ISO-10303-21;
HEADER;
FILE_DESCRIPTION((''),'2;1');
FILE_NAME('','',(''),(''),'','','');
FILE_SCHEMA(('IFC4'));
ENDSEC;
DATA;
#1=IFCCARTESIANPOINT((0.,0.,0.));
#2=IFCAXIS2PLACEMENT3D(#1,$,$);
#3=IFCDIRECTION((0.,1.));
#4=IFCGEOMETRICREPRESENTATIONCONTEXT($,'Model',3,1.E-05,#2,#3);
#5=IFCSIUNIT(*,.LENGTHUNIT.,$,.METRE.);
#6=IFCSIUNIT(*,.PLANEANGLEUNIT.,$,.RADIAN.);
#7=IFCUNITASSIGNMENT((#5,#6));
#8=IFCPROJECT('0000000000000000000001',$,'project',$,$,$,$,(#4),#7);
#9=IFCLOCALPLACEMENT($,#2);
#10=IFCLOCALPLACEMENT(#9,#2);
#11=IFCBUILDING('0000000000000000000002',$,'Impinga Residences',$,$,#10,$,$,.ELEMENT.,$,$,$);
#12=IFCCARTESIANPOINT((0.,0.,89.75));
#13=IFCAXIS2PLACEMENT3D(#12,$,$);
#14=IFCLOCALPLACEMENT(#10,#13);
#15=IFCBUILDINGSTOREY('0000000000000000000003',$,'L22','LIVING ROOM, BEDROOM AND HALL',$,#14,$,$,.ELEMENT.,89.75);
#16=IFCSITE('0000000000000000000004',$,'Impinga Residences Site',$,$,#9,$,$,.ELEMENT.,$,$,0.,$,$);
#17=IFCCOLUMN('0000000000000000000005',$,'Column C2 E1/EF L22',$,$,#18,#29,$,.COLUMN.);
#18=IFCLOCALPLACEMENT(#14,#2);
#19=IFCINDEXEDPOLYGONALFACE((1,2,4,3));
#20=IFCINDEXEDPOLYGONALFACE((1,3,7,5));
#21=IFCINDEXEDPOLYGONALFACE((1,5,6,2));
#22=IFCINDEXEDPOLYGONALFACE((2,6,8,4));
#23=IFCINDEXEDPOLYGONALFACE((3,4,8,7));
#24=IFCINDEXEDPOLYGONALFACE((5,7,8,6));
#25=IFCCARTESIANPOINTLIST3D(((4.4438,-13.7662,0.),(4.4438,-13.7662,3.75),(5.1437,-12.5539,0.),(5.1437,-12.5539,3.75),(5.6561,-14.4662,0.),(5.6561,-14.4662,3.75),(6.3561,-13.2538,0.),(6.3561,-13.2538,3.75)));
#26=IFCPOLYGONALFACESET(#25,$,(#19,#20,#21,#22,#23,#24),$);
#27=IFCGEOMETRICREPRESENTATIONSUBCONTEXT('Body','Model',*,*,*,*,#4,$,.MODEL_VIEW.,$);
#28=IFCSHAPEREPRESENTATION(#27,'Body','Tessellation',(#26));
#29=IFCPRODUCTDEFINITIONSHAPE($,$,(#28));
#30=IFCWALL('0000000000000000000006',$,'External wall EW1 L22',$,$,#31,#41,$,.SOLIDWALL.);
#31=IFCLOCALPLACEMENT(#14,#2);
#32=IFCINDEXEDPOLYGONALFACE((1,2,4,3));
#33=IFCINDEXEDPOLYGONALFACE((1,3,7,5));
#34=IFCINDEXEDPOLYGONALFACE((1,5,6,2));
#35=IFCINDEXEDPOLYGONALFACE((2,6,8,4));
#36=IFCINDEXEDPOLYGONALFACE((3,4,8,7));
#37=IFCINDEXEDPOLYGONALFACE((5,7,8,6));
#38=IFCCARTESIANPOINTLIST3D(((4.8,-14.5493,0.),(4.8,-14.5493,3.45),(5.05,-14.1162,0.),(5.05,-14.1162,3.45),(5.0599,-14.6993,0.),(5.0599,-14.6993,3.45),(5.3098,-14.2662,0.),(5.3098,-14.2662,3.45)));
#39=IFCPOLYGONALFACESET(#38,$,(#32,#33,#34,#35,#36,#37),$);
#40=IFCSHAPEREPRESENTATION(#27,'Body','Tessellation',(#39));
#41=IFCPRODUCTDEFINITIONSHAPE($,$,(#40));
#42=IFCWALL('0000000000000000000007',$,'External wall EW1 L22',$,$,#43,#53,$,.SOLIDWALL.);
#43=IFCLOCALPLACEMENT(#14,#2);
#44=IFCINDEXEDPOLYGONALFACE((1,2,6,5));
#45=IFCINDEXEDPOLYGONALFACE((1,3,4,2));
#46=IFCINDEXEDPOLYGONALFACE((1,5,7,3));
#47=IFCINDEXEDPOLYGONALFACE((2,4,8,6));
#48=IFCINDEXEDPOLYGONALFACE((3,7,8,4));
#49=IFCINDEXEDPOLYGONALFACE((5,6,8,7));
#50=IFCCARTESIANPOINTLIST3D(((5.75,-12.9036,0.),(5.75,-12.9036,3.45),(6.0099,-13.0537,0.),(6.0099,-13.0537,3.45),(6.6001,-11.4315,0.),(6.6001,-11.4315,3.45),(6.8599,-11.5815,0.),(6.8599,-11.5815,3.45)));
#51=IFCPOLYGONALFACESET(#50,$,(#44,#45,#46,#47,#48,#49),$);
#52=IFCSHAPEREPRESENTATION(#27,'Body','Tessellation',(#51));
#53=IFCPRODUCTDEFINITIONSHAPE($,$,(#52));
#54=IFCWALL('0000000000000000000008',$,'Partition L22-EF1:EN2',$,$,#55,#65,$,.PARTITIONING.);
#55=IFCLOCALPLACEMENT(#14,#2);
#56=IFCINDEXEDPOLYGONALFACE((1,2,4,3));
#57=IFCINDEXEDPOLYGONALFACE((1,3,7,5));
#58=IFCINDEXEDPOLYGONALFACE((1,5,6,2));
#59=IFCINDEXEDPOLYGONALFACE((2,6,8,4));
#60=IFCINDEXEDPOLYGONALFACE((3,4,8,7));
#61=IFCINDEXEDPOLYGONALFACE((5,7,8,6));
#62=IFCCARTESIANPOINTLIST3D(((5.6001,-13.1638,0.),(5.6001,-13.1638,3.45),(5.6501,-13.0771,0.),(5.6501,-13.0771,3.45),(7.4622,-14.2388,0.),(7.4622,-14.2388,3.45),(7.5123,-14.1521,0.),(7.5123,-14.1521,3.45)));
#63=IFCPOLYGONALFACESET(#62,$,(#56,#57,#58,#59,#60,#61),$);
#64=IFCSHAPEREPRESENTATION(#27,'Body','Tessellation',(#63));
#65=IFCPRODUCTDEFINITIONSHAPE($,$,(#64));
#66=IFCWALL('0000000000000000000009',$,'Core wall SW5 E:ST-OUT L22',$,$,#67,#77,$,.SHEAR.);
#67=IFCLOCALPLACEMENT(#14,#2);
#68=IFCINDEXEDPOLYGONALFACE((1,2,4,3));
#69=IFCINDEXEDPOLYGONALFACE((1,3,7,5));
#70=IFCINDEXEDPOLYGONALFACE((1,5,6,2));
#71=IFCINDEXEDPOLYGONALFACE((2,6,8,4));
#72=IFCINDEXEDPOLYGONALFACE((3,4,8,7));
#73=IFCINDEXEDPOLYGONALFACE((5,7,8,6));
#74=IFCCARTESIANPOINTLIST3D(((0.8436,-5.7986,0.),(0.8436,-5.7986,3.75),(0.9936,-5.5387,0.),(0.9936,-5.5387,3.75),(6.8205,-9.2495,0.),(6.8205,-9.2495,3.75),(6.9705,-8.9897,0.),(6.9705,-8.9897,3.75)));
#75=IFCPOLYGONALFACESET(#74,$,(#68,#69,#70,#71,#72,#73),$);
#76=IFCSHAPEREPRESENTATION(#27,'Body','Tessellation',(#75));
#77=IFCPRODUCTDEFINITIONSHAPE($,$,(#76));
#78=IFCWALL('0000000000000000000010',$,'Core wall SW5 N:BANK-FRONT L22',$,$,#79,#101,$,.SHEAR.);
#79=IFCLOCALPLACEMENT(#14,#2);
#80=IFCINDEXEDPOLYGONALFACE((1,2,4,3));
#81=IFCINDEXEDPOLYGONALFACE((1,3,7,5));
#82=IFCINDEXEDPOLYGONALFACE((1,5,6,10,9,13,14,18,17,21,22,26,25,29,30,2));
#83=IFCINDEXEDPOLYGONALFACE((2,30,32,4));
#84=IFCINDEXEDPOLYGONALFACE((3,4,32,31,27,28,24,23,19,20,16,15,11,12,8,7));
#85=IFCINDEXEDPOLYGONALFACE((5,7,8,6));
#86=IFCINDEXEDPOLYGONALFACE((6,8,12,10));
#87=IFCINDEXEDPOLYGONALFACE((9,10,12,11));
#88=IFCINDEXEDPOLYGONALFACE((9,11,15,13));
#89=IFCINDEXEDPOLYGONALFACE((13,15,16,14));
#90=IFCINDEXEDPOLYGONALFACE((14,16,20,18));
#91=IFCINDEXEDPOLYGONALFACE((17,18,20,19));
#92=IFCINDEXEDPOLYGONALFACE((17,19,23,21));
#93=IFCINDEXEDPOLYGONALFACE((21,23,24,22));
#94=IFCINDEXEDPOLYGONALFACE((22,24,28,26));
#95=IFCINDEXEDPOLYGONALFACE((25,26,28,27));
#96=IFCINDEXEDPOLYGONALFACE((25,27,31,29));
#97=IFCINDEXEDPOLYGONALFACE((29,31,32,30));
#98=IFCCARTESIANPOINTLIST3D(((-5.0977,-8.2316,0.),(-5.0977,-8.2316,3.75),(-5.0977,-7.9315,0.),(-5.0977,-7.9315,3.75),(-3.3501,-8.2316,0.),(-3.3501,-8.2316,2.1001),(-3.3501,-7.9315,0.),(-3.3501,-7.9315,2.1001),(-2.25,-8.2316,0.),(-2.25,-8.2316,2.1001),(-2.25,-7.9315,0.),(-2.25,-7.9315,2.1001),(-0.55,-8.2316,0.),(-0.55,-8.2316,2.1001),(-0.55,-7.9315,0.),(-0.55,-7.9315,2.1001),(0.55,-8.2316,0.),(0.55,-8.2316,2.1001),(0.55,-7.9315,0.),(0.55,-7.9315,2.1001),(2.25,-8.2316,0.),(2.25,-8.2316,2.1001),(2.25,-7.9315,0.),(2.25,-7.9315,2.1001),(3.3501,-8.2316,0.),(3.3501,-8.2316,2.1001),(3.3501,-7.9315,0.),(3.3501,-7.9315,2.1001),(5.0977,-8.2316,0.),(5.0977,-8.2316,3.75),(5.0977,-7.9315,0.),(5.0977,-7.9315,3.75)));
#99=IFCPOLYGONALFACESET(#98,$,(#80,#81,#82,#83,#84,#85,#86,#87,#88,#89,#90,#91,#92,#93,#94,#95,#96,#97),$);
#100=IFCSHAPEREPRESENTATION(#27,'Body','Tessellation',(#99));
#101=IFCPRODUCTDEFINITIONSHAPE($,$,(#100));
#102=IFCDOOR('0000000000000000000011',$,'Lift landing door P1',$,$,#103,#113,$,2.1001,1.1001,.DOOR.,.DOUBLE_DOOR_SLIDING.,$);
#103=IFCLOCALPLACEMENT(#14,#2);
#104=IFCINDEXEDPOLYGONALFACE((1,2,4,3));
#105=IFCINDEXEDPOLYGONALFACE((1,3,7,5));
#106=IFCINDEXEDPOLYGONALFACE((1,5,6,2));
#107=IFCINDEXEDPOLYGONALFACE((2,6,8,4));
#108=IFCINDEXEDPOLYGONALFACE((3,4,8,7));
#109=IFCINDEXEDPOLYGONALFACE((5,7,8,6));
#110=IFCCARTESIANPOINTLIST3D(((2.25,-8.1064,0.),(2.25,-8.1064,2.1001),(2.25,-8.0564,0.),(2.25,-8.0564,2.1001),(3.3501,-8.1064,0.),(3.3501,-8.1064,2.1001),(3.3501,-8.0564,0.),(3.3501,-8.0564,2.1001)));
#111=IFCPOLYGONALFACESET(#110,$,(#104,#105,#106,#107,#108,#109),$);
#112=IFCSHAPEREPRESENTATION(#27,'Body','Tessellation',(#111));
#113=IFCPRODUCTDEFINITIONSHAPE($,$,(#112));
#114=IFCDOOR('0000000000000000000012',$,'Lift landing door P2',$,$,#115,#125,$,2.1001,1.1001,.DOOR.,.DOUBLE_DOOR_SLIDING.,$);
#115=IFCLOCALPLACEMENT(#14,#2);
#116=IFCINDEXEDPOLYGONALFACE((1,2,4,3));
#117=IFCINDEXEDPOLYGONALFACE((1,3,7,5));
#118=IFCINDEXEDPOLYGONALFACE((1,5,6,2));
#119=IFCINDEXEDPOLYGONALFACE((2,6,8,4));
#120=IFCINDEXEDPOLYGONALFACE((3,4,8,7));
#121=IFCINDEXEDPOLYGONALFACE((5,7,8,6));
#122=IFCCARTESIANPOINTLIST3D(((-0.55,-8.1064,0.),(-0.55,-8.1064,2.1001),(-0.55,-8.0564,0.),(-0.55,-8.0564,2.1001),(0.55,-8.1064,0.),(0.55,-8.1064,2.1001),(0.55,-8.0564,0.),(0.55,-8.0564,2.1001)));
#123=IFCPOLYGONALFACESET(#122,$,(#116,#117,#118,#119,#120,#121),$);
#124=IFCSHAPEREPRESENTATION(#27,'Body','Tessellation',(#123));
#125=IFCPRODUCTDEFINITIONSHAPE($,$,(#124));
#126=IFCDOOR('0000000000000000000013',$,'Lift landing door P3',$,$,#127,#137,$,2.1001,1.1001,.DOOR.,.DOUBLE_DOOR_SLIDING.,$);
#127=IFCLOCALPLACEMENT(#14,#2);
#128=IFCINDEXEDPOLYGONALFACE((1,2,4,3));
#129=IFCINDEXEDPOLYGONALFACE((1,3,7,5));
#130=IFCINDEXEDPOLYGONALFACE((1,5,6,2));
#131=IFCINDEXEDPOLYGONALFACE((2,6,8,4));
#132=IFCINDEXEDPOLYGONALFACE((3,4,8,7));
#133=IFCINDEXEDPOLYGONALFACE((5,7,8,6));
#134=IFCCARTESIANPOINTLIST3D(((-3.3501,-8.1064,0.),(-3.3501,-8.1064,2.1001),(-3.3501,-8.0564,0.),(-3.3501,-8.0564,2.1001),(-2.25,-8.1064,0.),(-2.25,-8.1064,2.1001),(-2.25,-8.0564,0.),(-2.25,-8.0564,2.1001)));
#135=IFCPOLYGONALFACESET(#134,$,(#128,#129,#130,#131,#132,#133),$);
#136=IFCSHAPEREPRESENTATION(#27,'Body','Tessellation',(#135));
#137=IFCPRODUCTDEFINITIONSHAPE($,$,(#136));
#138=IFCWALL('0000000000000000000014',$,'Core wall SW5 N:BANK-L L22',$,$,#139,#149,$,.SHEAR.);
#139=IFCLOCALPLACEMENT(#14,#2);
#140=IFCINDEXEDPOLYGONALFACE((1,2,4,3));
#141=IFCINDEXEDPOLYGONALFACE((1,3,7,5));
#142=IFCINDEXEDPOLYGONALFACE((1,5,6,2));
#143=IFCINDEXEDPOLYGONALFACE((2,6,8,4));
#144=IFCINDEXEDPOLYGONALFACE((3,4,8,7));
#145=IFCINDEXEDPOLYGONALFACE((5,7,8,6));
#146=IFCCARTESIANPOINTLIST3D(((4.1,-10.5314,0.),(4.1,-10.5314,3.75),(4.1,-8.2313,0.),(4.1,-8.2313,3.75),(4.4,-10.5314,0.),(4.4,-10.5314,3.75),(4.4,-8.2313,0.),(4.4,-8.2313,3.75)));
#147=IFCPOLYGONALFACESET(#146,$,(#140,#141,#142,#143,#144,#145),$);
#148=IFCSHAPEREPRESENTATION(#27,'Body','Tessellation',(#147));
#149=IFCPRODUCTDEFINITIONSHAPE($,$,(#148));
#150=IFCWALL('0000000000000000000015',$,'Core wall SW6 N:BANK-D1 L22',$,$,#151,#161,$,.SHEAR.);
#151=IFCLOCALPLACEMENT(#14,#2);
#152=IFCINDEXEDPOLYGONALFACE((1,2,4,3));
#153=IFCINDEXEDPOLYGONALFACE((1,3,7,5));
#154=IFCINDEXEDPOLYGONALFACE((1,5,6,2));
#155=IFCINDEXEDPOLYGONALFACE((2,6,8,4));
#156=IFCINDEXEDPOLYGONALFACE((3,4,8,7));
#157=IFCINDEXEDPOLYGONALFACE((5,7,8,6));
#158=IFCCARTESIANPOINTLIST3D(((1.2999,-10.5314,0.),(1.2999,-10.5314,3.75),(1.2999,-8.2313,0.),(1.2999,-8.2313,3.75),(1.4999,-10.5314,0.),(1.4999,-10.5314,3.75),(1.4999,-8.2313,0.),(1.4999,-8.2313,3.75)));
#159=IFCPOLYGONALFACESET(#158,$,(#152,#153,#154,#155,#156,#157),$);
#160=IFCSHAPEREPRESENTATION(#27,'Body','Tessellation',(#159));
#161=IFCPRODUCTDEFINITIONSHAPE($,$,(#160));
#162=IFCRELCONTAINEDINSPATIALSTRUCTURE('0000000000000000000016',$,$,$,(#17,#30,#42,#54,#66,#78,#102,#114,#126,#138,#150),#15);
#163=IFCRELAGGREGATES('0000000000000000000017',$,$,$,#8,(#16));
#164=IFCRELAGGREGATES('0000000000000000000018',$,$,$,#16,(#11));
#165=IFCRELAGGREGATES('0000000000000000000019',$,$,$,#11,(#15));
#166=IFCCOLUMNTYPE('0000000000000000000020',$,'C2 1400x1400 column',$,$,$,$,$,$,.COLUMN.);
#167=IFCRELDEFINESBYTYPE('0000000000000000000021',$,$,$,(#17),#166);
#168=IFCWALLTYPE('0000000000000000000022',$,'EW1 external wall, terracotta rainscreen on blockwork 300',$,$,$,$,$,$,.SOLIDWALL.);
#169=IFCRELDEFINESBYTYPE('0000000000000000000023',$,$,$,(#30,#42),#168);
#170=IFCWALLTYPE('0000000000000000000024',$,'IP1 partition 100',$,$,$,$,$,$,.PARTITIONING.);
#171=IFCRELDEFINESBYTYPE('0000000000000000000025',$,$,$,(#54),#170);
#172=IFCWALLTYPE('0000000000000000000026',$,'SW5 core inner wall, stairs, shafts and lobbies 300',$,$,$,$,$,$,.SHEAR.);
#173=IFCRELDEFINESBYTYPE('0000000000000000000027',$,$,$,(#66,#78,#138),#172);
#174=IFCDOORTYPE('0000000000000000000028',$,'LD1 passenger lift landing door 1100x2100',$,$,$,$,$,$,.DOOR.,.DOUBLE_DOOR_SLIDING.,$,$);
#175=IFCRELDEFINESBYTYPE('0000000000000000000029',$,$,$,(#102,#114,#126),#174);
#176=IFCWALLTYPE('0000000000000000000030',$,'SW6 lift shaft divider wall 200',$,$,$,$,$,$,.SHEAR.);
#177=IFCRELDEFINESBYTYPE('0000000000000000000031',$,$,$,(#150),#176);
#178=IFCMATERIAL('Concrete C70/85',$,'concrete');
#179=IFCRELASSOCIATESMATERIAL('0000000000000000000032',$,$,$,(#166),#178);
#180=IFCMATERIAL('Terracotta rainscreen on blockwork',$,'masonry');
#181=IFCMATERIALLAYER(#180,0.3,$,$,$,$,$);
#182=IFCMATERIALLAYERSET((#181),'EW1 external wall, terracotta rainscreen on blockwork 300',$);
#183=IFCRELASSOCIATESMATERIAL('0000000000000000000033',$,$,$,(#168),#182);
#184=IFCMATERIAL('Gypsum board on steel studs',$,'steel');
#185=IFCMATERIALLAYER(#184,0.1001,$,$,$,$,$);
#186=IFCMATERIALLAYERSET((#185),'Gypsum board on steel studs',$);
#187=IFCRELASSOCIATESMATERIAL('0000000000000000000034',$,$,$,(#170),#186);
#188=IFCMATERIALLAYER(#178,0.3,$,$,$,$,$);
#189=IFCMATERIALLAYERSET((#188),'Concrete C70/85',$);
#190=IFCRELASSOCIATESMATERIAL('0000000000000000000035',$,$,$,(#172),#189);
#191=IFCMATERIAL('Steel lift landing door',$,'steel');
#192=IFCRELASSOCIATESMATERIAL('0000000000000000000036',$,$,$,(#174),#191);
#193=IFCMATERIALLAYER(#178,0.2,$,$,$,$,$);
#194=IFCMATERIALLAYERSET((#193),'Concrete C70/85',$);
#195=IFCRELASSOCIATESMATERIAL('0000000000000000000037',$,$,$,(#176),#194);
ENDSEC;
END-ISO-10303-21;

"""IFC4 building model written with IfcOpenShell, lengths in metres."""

from ifc_helpers import new_model, si_unit, direction, frame, frame_2d, origin, origin_2d, place, context, subcontext, project, spatial, rectangle, extrude, material, layer, layer_set, material_profile, profile_set, type_object, element, fill, save


model = new_model("IFC4")

# Units and contexts
model_context = context("Model", 3, precision=1e-05, world=origin(), true_north=direction((0.0, 1.0)))
body_context = subcontext(model_context, "Body", "Model", "MODEL_VIEW")
ifc_project = project(units=[si_unit("LENGTHUNIT", "METRE"), si_unit("PLANEANGLEUNIT", "RADIAN")], contexts=[model_context])

# Site, building, storey
site_placement = place(None, origin())
site = spatial("IfcSite", under=ifc_project, at=site_placement, Name="Impinga Residences Site", CompositionType="ELEMENT", RefElevation=0.0)
building_placement = place(site_placement, origin())
building = spatial("IfcBuilding", under=site, at=building_placement, Name="Impinga Residences", CompositionType="ELEMENT")
storey_placement = place(building_placement, frame((0.0, 0.0, 89.75)))
storey = spatial("IfcBuildingStorey", under=building, at=storey_placement, Name="L22", Description="LIVING ROOM, BEDROOM AND HALL", CompositionType="ELEMENT", Elevation=89.75)

# Column
ifc_material_1 = material(Name="Concrete C70/85", Category="concrete")
ifc_material_profile = material_profile(ifc_material_1, rectangle(XDim=1.3999, YDim=1.3999, at=origin_2d()), Name="RC 1400x1400")
ifc_profile_set = profile_set([ifc_material_profile], Name="Concrete C70/85")
column_type = type_object("IfcColumnType", Name="C2 1400x1400 column", PredefinedType="COLUMN", material=ifc_profile_set)
column_placement = place(storey_placement, frame((5.3999, -13.51, 0.0), z_axis=(0.0, 0.0, 1.0), x_axis=(-0.5, -0.866025, 0.0)))
element("IfcColumn", 1, at=column_placement, inside=storey, type_object=column_type, Name="Column C2 E1/EF L22", PredefinedType="COLUMN", context=body_context, shape_type="SweptSolid", body=[
    extrude(rectangle(XDim=1.3999, YDim=1.3999, at=origin_2d()), origin(), (0.0, 0.0, 1.0), 3.75),
])

# Walls
ifc_material_2 = material(Name="Terracotta rainscreen on blockwork", Category="masonry")
ifc_layer_1 = layer(ifc_material_2, 0.3)
ifc_layer_set_1 = layer_set([ifc_layer_1], Name="EW1 external wall, terracotta rainscreen on blockwork 300")
wall_type_1 = type_object("IfcWallType", Name="EW1 external wall, terracotta rainscreen on blockwork 300", PredefinedType="SOLIDWALL", material=ifc_layer_set_1)
wall_1_placement = place(storey_placement, frame((4.9299, -14.6243, 0.0), z_axis=(0.0, 0.0, 1.0), x_axis=(0.49992, 0.866072, 0.0)))
element("IfcWall", 2, at=wall_1_placement, inside=storey, type_object=wall_type_1, Name="External wall EW1 L22", PredefinedType="SOLIDWALL", context=body_context, shape_type="SweptSolid", body=[
    extrude(rectangle(XDim=0.5, YDim=0.3, at=frame_2d((0.25, 0.0))), origin(), (0.0, 0.0, 1.0), 3.45),
])
wall_2_placement = place(storey_placement, frame((5.8799, -12.9788, 0.0), z_axis=(0.0, 0.0, 1.0), x_axis=(0.500062, 0.865989, 0.0)))
element("IfcWall", 3, at=wall_2_placement, inside=storey, type_object=wall_type_1, Name="External wall EW1 L22", PredefinedType="SOLIDWALL", context=body_context, shape_type="SweptSolid", body=[
    extrude(rectangle(XDim=1.7, YDim=0.3, at=frame_2d((0.8501, 0.0))), origin(), (0.0, 0.0, 1.0), 3.45),
])
ifc_material_3 = material(Name="Gypsum board on steel studs", Category="steel")
ifc_layer_2 = layer(ifc_material_3, 0.1001)
ifc_layer_set_2 = layer_set([ifc_layer_2], Name="Gypsum board on steel studs")
wall_type_2 = type_object("IfcWallType", Name="IP1 partition 100", PredefinedType="PARTITIONING", material=ifc_layer_set_2)
wall_3_placement = place(storey_placement, frame((5.625, -13.1204, 0.0), z_axis=(0.0, 0.0, 1.0), x_axis=(0.866048, -0.499962, 0.0)))
element("IfcWall", 4, at=wall_3_placement, inside=storey, type_object=wall_type_2, Name="Partition L22-EF1:EN2", PredefinedType="PARTITIONING", context=body_context, shape_type="SweptSolid", body=[
    extrude(rectangle(XDim=2.1501, YDim=0.1001, at=frame_2d((1.0752, 0.0))), origin(), (0.0, 0.0, 1.0), 3.45),
])
ifc_layer_3 = layer(ifc_material_1, 0.3)
ifc_layer_set_3 = layer_set([ifc_layer_3], Name="Concrete C70/85")
wall_type_3 = type_object("IfcWallType", Name="SW5 core inner wall, stairs, shafts and lobbies 300", PredefinedType="SHEAR", material=ifc_layer_set_3)
wall_4_placement = place(storey_placement, frame((0.9187, -5.6687, 0.0), z_axis=(0.0, 0.0, 1.0), x_axis=(0.866012, -0.500024, 0.0)))
element("IfcWall", 5, at=wall_4_placement, inside=storey, type_object=wall_type_3, Name="Core wall SW5 E:ST-OUT L22", PredefinedType="SHEAR", context=body_context, shape_type="SweptSolid", body=[
    extrude(rectangle(XDim=6.9016, YDim=0.3, at=frame_2d((3.4507, 0.0))), origin(), (0.0, 0.0, 1.0), 3.75),
])

# Wall, openings, doors
wall_5_placement = place(storey_placement, frame((5.0977, -8.0815, 0.0), z_axis=(0.0, 0.0, 1.0), x_axis=(-1.0, 0.0, 0.0)))
wall_5 = element("IfcWall", 6, at=wall_5_placement, inside=storey, type_object=wall_type_3, Name="Core wall SW5 N:BANK-FRONT L22", PredefinedType="SHEAR", context=body_context, shape_type="SweptSolid", body=[
    extrude(rectangle(XDim=10.1953, YDim=0.3, at=frame_2d((5.0977, 0.0))), origin(), (0.0, 0.0, 1.0), 3.75),
])
opening_1_placement = place(wall_5_placement, frame((1.7476, 0.0, 0.0)))
opening_1 = element("IfcOpeningElement", 7, at=opening_1_placement, cuts=wall_5, PredefinedType="OPENING", context=body_context, shape_type="SweptSolid", body=[
    extrude(rectangle(XDim=1.1001, YDim=2.1001, at=frame_2d((0.55, 1.05))), frame((0.0, 0.1599, 0.0), z_axis=(0.0, -1.0, 0.0), x_axis=(1.0, 0.0, 0.0)), (0.0, 0.0, 1.0), 0.3201),
])
opening_2_placement = place(wall_5_placement, frame((4.5476, 0.0, 0.0)))
opening_2 = element("IfcOpeningElement", 8, at=opening_2_placement, cuts=wall_5, PredefinedType="OPENING", context=body_context, shape_type="SweptSolid", body=[
    extrude(rectangle(XDim=1.1001, YDim=2.1001, at=frame_2d((0.55, 1.05))), frame((0.0, 0.1599, 0.0), z_axis=(0.0, -1.0, 0.0), x_axis=(1.0, 0.0, 0.0)), (0.0, 0.0, 1.0), 0.3201),
])
opening_3_placement = place(wall_5_placement, frame((7.3477, 0.0, 0.0)))
opening_3 = element("IfcOpeningElement", 9, at=opening_3_placement, cuts=wall_5, PredefinedType="OPENING", context=body_context, shape_type="SweptSolid", body=[
    extrude(rectangle(XDim=1.1001, YDim=2.1001, at=frame_2d((0.55, 1.05))), frame((0.0, 0.1599, 0.0), z_axis=(0.0, -1.0, 0.0), x_axis=(1.0, 0.0, 0.0)), (0.0, 0.0, 1.0), 0.3201),
])
ifc_material_4 = material(Name="Steel lift landing door", Category="steel")
door_type = type_object("IfcDoorType", Name="LD1 passenger lift landing door 1100x2100", OperationType="DOUBLE_DOOR_SLIDING", PredefinedType="DOOR", material=ifc_material_4)
door_1_placement = place(opening_1_placement, origin())
door_1 = element("IfcDoor", 10, at=door_1_placement, inside=storey, type_object=door_type, Name="Lift landing door P1", OperationType="DOUBLE_DOOR_SLIDING", OverallHeight=2.1001, OverallWidth=1.1001, PredefinedType="DOOR", context=body_context, shape_type="SweptSolid", body=[
    extrude(rectangle(XDim=1.1001, YDim=2.1001, at=frame_2d((0.55, 1.05))), frame((0.0, 0.0249, 0.0), z_axis=(0.0, -1.0, 0.0), x_axis=(1.0, 0.0, 0.0)), (0.0, 0.0, 1.0), 0.05),
])
fill(opening_1, door_1)
door_2_placement = place(opening_2_placement, origin())
door_2 = element("IfcDoor", 11, at=door_2_placement, inside=storey, type_object=door_type, Name="Lift landing door P2", OperationType="DOUBLE_DOOR_SLIDING", OverallHeight=2.1001, OverallWidth=1.1001, PredefinedType="DOOR", context=body_context, shape_type="SweptSolid", body=[
    extrude(rectangle(XDim=1.1001, YDim=2.1001, at=frame_2d((0.55, 1.05))), frame((0.0, 0.0249, 0.0), z_axis=(0.0, -1.0, 0.0), x_axis=(1.0, 0.0, 0.0)), (0.0, 0.0, 1.0), 0.05),
])
fill(opening_2, door_2)
door_3_placement = place(opening_3_placement, origin())
door_3 = element("IfcDoor", 12, at=door_3_placement, inside=storey, type_object=door_type, Name="Lift landing door P3", OperationType="DOUBLE_DOOR_SLIDING", OverallHeight=2.1001, OverallWidth=1.1001, PredefinedType="DOOR", context=body_context, shape_type="SweptSolid", body=[
    extrude(rectangle(XDim=1.1001, YDim=2.1001, at=frame_2d((0.55, 1.05))), frame((0.0, 0.0249, 0.0), z_axis=(0.0, -1.0, 0.0), x_axis=(1.0, 0.0, 0.0)), (0.0, 0.0, 1.0), 0.05),
])
fill(opening_3, door_3)

# Walls
wall_6_placement = place(storey_placement, frame((4.25, -8.2314, 0.0), z_axis=(0.0, 0.0, 1.0), x_axis=(0.0, -1.0, 0.0)))
element("IfcWall", 13, at=wall_6_placement, inside=storey, type_object=wall_type_3, Name="Core wall SW5 N:BANK-L L22", PredefinedType="SHEAR", context=body_context, shape_type="SweptSolid", body=[
    extrude(rectangle(XDim=2.3, YDim=0.3, at=frame_2d((1.1499, 0.0))), origin(), (0.0, 0.0, 1.0), 3.75),
])
ifc_layer_4 = layer(ifc_material_1, 0.2)
ifc_layer_set_4 = layer_set([ifc_layer_4], Name="Concrete C70/85")
wall_type_4 = type_object("IfcWallType", Name="SW6 lift shaft divider wall 200", PredefinedType="SHEAR", material=ifc_layer_set_4)
wall_7_placement = place(storey_placement, frame((1.3999, -8.2314, 0.0), z_axis=(0.0, 0.0, 1.0), x_axis=(0.0, -1.0, 0.0)))
element("IfcWall", 14, at=wall_7_placement, inside=storey, type_object=wall_type_4, Name="Core wall SW6 N:BANK-D1 L22", PredefinedType="SHEAR", context=body_context, shape_type="SweptSolid", body=[
    extrude(rectangle(XDim=2.3, YDim=0.2, at=frame_2d((1.1499, 0.0))), origin(), (0.0, 0.0, 1.0), 3.75),
])

save(model, "model.ifc")
